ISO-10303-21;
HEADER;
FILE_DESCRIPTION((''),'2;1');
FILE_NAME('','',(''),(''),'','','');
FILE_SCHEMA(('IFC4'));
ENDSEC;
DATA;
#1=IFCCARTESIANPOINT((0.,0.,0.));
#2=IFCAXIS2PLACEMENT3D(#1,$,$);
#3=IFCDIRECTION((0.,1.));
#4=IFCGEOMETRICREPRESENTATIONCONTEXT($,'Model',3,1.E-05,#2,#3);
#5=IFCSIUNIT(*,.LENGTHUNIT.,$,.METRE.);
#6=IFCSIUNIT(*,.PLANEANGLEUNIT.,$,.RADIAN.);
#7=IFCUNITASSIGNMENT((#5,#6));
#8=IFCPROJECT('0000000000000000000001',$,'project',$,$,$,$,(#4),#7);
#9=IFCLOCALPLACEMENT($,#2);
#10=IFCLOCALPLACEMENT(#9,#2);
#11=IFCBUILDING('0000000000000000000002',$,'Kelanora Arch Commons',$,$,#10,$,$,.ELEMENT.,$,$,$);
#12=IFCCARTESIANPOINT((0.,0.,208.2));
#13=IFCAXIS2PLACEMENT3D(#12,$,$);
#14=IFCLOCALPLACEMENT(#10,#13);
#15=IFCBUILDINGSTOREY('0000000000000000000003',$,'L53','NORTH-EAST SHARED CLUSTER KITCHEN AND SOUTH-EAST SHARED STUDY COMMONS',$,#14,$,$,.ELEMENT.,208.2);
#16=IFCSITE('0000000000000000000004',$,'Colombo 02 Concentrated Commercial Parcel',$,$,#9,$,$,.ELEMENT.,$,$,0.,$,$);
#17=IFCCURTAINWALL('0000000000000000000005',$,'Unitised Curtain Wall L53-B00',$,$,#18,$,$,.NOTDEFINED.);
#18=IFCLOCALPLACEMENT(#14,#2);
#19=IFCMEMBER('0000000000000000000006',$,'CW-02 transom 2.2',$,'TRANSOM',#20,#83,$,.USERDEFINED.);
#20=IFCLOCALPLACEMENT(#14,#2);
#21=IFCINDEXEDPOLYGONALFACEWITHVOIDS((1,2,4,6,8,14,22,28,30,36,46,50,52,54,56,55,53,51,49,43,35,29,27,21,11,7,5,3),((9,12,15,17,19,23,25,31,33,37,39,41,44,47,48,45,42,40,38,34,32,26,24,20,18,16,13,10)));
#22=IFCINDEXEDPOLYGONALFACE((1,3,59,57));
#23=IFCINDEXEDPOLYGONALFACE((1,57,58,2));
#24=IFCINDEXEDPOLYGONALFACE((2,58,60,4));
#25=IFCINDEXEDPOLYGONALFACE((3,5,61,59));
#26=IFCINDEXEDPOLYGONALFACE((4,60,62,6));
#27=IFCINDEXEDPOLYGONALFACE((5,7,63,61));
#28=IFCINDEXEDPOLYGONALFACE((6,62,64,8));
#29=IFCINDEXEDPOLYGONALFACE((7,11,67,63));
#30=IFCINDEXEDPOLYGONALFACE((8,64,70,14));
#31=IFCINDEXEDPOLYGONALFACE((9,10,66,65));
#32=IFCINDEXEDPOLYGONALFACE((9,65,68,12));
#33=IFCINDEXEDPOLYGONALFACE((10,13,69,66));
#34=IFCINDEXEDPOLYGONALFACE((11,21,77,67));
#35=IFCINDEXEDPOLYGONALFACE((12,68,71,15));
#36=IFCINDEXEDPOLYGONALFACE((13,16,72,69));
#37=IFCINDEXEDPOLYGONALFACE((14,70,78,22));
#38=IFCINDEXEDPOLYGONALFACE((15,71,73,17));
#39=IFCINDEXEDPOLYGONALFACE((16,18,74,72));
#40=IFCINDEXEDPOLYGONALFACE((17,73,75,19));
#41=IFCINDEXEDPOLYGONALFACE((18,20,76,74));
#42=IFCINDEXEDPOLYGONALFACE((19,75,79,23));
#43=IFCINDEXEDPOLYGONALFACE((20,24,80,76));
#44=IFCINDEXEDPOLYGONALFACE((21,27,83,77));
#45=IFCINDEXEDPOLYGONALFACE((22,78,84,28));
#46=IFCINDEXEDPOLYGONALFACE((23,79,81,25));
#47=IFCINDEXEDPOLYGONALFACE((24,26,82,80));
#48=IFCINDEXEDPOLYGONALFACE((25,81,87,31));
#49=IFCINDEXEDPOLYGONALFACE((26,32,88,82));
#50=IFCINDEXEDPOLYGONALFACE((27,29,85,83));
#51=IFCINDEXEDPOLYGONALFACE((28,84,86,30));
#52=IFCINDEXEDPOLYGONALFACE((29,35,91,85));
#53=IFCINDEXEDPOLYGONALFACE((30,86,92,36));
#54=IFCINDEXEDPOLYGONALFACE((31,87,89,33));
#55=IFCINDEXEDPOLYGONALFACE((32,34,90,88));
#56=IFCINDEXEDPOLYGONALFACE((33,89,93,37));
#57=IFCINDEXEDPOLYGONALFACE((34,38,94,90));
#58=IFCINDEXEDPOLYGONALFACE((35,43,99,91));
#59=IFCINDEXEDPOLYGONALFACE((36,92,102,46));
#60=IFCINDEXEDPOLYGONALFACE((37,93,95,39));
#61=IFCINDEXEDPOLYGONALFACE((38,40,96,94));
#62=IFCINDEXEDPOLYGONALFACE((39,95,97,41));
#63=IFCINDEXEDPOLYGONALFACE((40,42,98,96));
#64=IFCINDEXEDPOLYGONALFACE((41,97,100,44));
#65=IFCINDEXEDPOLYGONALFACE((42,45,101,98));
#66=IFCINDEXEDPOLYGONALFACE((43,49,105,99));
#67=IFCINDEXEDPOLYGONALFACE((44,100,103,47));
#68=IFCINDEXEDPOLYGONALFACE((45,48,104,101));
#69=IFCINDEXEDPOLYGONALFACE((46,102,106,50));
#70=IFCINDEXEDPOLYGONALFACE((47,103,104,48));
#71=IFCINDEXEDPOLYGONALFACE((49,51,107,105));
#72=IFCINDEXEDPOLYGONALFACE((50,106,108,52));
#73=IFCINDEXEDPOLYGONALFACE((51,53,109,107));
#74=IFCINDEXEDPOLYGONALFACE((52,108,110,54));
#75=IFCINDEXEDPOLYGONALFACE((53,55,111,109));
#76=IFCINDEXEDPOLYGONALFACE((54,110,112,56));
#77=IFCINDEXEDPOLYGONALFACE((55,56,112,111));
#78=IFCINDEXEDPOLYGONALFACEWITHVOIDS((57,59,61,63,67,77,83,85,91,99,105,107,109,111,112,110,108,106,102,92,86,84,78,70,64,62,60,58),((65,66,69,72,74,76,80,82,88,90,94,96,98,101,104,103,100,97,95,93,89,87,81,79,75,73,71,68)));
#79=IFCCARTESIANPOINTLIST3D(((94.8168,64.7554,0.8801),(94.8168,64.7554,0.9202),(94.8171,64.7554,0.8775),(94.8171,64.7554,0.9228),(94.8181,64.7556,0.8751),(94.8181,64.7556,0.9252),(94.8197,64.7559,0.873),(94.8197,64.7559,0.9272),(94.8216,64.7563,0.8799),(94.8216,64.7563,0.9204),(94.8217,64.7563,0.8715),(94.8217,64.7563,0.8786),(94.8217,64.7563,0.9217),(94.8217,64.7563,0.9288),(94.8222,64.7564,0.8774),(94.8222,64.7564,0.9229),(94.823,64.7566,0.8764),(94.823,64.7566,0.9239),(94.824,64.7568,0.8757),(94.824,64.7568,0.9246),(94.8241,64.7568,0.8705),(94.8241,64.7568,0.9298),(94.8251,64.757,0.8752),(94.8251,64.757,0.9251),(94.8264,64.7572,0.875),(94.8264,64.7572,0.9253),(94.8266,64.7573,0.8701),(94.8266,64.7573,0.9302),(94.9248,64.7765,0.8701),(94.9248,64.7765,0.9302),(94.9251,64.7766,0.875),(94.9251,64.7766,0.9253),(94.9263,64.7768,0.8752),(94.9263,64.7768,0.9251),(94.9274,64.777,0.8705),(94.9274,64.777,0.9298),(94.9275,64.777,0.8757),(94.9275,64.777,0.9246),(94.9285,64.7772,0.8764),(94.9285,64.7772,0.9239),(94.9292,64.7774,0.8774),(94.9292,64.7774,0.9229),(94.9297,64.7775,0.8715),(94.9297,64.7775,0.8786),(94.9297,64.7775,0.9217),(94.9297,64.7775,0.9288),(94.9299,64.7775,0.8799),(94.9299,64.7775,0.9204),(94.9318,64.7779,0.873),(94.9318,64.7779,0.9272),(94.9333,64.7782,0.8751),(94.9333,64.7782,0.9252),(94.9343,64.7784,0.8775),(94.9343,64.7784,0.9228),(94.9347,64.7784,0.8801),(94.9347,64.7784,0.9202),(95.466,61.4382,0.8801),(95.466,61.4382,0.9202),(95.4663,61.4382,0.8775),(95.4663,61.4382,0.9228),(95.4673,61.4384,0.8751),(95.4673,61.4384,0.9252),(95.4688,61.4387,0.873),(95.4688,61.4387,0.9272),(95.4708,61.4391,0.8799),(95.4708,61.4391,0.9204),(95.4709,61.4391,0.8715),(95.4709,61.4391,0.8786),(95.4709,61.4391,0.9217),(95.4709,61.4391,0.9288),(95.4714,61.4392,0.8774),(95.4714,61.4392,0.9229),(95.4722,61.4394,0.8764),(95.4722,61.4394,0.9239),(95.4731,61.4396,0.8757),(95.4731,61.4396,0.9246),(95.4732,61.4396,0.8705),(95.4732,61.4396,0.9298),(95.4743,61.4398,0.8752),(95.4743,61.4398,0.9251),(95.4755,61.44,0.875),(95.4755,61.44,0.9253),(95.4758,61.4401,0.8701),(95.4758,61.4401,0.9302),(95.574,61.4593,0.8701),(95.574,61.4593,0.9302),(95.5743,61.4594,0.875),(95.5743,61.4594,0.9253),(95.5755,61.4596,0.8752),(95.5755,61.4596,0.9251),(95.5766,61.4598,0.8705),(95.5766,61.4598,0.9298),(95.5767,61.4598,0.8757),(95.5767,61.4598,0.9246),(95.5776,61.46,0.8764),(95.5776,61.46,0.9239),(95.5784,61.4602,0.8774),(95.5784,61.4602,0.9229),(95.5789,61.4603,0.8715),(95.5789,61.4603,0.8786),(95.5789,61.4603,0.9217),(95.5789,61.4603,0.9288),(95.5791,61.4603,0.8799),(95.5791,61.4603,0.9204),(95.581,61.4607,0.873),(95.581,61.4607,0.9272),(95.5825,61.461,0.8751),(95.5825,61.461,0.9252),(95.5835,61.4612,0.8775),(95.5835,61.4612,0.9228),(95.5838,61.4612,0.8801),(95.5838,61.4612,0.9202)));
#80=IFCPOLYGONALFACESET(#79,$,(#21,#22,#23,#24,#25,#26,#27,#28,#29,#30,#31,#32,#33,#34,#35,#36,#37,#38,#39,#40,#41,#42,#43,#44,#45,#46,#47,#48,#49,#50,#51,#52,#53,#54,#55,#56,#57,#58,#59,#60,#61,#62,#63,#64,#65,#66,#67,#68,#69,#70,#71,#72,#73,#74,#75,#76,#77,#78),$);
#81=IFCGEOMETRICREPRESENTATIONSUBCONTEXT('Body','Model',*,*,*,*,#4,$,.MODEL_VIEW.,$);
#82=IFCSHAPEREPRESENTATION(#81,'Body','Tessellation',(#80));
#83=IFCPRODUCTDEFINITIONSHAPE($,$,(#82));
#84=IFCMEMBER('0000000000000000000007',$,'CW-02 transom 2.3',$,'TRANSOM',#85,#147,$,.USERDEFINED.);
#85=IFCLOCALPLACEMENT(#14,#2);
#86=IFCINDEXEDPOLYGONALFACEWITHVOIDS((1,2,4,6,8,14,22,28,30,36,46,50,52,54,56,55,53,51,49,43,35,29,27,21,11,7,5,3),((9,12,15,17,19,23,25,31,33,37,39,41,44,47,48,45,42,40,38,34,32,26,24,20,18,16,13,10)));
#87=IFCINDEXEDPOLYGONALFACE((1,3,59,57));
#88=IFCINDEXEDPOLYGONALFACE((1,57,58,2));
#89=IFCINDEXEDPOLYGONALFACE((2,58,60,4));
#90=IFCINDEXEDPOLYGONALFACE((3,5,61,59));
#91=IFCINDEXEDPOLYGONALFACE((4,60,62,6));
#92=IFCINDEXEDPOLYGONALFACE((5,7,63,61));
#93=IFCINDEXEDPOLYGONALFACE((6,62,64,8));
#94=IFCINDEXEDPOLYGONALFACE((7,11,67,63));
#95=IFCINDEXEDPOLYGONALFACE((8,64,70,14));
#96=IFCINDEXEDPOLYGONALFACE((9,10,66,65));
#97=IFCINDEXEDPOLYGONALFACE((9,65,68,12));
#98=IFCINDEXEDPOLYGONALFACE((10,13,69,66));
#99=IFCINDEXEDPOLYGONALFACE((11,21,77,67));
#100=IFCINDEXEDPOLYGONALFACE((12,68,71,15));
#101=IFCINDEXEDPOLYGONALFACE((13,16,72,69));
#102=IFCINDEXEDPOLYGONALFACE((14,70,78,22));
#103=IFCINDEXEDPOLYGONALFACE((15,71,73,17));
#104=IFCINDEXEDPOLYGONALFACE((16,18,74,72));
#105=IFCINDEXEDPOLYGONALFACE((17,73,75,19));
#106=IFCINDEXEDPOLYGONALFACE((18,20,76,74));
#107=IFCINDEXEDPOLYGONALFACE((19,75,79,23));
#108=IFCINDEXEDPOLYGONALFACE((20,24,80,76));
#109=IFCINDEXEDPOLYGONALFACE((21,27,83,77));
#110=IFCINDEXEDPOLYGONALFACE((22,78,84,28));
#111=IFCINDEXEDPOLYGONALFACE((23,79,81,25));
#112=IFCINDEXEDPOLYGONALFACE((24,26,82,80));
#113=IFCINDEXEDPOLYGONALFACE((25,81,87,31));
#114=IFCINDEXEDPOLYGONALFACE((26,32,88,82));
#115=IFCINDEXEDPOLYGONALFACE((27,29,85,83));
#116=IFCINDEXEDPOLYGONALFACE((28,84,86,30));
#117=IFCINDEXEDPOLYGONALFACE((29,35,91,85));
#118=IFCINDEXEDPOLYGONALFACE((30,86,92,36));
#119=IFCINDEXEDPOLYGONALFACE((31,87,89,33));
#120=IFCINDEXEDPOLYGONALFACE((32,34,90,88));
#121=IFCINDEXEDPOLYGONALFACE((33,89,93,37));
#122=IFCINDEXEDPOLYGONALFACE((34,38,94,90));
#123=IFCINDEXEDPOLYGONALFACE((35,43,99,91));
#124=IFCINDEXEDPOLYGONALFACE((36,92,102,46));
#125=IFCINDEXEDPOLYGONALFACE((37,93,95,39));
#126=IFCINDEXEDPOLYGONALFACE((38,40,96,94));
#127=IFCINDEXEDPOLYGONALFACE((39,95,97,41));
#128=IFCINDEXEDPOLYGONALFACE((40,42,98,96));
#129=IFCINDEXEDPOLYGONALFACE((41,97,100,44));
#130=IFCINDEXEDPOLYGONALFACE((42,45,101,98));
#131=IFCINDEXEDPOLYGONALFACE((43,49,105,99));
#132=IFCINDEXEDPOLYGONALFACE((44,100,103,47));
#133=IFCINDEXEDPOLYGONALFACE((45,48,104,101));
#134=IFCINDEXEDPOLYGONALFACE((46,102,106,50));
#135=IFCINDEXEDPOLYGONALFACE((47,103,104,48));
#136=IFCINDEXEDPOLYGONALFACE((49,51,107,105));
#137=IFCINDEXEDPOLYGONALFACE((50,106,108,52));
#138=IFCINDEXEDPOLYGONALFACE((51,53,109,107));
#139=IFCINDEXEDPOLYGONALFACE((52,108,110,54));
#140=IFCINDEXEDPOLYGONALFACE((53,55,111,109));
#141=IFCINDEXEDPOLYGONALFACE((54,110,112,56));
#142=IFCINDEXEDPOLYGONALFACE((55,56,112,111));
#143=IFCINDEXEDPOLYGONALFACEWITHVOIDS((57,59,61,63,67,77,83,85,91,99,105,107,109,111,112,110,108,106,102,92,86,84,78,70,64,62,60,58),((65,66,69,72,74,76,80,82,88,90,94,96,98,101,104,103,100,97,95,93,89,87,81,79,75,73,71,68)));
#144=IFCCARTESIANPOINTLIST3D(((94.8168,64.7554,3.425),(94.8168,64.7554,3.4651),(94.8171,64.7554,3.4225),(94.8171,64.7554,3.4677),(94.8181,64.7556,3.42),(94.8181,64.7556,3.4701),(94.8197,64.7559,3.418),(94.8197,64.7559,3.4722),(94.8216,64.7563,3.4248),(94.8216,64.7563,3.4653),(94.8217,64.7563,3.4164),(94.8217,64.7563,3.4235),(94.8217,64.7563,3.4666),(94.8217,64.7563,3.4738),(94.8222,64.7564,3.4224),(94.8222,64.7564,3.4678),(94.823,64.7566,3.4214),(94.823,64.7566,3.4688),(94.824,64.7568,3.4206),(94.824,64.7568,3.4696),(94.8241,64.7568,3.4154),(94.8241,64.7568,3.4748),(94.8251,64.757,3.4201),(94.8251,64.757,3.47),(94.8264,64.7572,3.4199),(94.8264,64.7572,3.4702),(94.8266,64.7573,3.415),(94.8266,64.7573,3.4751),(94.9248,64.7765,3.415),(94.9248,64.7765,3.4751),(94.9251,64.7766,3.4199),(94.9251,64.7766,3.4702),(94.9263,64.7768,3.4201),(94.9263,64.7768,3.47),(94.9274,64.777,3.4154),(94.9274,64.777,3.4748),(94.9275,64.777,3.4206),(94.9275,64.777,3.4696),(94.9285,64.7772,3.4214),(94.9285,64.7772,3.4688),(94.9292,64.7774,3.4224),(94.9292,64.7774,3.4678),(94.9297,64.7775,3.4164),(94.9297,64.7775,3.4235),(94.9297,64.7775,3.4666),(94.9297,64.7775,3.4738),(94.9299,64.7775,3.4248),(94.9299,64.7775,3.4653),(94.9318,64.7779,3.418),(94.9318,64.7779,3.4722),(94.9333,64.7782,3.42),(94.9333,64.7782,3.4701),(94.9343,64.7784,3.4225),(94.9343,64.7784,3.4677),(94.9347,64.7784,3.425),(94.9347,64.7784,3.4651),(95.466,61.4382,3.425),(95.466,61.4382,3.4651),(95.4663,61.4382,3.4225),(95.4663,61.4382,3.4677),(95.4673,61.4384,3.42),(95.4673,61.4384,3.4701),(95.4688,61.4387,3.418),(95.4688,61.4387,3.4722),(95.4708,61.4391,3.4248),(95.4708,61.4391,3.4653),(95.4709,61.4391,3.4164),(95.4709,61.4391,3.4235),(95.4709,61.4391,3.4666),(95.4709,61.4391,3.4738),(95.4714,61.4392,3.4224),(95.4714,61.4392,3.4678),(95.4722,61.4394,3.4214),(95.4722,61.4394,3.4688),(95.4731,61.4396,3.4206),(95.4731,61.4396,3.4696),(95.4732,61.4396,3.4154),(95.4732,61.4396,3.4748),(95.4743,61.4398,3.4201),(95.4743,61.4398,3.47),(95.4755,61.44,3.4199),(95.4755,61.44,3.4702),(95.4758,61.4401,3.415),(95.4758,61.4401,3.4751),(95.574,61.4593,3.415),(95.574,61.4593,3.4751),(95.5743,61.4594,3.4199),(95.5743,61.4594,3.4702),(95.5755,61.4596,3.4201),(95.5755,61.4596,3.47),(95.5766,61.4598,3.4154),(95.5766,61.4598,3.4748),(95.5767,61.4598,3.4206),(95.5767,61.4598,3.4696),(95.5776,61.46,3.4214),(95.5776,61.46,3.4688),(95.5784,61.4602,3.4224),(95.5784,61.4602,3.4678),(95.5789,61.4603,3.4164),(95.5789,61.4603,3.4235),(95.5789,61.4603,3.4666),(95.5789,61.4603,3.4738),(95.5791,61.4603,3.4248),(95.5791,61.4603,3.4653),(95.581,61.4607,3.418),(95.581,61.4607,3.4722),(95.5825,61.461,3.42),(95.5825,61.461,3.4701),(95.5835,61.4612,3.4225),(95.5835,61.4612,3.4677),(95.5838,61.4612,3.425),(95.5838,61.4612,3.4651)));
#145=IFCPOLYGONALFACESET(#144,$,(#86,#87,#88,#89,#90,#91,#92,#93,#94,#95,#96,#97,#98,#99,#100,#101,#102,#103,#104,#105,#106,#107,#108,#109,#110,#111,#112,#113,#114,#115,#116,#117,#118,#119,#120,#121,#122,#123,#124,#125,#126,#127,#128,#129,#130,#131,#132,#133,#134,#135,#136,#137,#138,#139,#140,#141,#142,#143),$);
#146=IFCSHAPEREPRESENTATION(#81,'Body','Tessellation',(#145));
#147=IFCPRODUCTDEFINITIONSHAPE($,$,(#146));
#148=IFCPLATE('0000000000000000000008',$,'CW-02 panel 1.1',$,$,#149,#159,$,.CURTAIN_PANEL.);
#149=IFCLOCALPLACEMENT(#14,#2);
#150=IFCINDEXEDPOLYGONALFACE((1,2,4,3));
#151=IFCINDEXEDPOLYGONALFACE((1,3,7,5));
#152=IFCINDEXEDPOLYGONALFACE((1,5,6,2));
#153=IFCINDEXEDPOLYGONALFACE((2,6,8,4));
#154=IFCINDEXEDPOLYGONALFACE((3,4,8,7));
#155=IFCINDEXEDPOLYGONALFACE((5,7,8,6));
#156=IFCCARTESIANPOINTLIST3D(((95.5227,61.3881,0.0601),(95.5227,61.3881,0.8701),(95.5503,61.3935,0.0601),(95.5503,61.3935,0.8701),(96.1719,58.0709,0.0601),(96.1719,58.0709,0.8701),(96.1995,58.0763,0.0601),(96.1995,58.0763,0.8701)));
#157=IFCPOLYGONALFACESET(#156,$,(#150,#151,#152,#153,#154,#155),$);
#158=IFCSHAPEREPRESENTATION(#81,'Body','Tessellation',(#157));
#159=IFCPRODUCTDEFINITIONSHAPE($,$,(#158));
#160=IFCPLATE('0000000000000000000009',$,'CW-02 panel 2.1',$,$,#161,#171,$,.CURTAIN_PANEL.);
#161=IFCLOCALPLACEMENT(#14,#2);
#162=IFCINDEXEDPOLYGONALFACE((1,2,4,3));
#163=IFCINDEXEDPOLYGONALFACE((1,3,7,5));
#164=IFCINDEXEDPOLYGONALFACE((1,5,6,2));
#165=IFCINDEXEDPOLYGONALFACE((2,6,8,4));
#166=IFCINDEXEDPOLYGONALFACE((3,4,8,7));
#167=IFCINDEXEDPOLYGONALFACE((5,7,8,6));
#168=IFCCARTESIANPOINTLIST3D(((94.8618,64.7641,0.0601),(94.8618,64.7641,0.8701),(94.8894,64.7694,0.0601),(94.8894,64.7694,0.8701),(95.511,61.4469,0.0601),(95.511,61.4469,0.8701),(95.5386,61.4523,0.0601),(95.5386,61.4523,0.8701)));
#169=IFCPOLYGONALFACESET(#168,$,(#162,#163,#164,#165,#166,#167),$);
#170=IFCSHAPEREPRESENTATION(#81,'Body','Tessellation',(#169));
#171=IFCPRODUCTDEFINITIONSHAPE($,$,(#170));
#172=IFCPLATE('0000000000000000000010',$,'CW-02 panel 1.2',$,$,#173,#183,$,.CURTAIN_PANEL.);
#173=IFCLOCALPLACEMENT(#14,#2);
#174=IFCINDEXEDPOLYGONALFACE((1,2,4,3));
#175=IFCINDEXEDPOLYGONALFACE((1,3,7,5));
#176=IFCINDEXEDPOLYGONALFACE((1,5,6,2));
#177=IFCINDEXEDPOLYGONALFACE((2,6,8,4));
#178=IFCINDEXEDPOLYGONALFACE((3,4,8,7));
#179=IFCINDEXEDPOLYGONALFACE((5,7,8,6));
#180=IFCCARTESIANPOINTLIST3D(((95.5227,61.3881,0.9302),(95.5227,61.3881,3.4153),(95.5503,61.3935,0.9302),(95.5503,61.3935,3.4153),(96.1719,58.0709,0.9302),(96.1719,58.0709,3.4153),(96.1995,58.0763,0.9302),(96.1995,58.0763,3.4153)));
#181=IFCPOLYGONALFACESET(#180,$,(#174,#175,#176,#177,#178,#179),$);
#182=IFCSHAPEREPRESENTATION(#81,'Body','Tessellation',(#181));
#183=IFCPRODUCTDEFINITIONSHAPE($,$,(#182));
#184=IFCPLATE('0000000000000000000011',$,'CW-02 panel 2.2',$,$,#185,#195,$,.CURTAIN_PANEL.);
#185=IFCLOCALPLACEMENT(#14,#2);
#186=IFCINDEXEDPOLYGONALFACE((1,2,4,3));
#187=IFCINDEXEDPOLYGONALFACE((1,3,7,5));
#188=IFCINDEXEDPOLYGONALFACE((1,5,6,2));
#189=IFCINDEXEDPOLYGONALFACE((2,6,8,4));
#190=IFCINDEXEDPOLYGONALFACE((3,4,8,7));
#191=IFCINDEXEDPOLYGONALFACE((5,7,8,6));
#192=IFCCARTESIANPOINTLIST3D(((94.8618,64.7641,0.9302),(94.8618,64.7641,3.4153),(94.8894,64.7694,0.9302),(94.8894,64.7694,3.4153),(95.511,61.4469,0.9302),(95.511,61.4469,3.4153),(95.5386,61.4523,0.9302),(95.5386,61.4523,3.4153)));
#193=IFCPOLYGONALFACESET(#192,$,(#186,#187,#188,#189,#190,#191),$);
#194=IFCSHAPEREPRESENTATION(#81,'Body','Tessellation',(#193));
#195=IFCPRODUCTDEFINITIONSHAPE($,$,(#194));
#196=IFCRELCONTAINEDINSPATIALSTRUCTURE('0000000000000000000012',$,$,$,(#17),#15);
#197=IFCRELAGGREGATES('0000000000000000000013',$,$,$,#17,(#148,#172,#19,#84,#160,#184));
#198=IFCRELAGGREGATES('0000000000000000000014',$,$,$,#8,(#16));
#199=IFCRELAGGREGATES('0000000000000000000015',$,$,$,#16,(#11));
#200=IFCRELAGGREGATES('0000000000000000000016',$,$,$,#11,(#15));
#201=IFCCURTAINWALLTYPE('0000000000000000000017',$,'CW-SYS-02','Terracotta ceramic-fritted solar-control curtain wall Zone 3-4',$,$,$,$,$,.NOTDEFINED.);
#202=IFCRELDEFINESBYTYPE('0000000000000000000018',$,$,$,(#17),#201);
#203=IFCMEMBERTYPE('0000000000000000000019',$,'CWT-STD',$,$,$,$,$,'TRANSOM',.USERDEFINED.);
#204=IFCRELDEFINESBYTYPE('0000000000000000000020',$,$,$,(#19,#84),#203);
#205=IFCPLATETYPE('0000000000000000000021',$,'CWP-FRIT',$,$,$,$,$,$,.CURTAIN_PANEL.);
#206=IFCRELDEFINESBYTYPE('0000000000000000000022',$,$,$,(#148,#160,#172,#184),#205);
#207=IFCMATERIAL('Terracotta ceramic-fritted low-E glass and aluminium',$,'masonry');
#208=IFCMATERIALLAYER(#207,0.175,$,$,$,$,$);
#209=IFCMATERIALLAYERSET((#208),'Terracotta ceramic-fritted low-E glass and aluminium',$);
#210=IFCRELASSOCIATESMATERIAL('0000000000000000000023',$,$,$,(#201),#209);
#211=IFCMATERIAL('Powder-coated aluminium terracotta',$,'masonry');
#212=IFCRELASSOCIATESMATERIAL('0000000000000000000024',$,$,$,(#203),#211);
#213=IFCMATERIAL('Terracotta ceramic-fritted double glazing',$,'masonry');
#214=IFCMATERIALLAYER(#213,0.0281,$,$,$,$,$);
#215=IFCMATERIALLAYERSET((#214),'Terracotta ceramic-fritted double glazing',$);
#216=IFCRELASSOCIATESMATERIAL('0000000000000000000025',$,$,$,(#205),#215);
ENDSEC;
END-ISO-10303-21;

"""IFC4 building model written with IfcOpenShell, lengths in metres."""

from ifc_helpers import new_model, si_unit, direction, frame, origin, origin_2d, place, context, subcontext, project, spatial, rectangle, hollow_rectangle, extrude, source, transform, mapped, material, layer, layer_set, material_profile, profile_set, type_object, element, aggregate, save


model = new_model("IFC4")

# Units and contexts
model_context = context("Model", 3, precision=1e-05, world=origin(), true_north=direction((0.0, 1.0)))
body_context = subcontext(model_context, "Body", "Model", "MODEL_VIEW")
ifc_project = project(units=[si_unit("LENGTHUNIT", "METRE"), si_unit("PLANEANGLEUNIT", "RADIAN")], contexts=[model_context])

# Site, building, storey
site_placement = place(None, origin())
site = spatial("IfcSite", under=ifc_project, at=site_placement, Name="Colombo 02 Concentrated Commercial Parcel", CompositionType="ELEMENT", RefElevation=0.0)
building_placement = place(site_placement, origin())
building = spatial("IfcBuilding", under=site, at=building_placement, Name="Kelanora Arch Commons", CompositionType="ELEMENT")
storey_placement = place(building_placement, frame((0.0, 0.0, 208.2)))
storey = spatial("IfcBuildingStorey", under=building, at=storey_placement, Name="L53", Description="NORTH-EAST SHARED CLUSTER KITCHEN AND SOUTH-EAST SHARED STUDY COMMONS", CompositionType="ELEMENT", Elevation=208.2)

# Curtain wall, members, plates
ifc_material_1 = material(Name="Terracotta ceramic-fritted low-E glass and aluminium", Category="masonry")
ifc_layer_1 = layer(ifc_material_1, 0.175)
ifc_layer_set_1 = layer_set([ifc_layer_1], Name="Terracotta ceramic-fritted low-E glass and aluminium")
curtain_wall_type = type_object("IfcCurtainWallType", Name="CW-SYS-02", Description="Terracotta ceramic-fritted solar-control curtain wall Zone 3-4", PredefinedType="NOTDEFINED", material=ifc_layer_set_1)
curtain_wall_placement = place(storey_placement, origin())
curtain_wall = element("IfcCurtainWall", 1, at=curtain_wall_placement, inside=storey, type_object=curtain_wall_type, Name="Unitised Curtain Wall L53-B00", PredefinedType="NOTDEFINED")
ifc_material_2 = material(Name="Powder-coated aluminium terracotta", Category="masonry")
ifc_material_profile_1 = material_profile(ifc_material_2, hollow_rectangle(XDim=0.1201, YDim=0.0601, WallThickness=0.0049, InnerFilletRadius=0.0049, OuterFilletRadius=0.01, at=origin_2d()), Name="CWT120x60")
ifc_profile_set_1 = profile_set([ifc_material_profile_1], Name="Powder-coated aluminium terracotta")
member_type_1 = type_object("IfcMemberType", Name="CWT-STD", ElementType="TRANSOM", PredefinedType="USERDEFINED", material=ifc_profile_set_1)
member_1_placement = place(storey_placement, frame((95.5249, 61.4497, 0.9001), z_axis=(-0.192058, 0.981383, 0.0), x_axis=(-0.981383, -0.192058, 0.0)))
member_1 = element("IfcMember", 2, at=member_1_placement, type_object=member_type_1, Name="CW-02 transom 2.2", ObjectType="TRANSOM", PredefinedType="USERDEFINED", context=body_context, shape_type="SweptSolid", body=[
    extrude(hollow_rectangle(XDim=0.1201, YDim=0.0601, WallThickness=0.0049, InnerFilletRadius=0.0049, OuterFilletRadius=0.01, at=origin_2d()), origin(), (0.0, 0.0, 1.0), 3.3801),
])
member_2_placement = place(storey_placement, frame((95.5249, 61.4497, 3.4451), z_axis=(-0.192058, 0.981383, 0.0), x_axis=(-0.981383, -0.192058, 0.0)))
member_2 = element("IfcMember", 3, at=member_2_placement, type_object=member_type_1, Name="CW-02 transom 2.3", ObjectType="TRANSOM", PredefinedType="USERDEFINED", context=body_context, shape_type="SweptSolid", body=[
    extrude(hollow_rectangle(XDim=0.1201, YDim=0.0601, WallThickness=0.0049, InnerFilletRadius=0.0049, OuterFilletRadius=0.01, at=origin_2d()), origin(), (0.0, 0.0, 1.0), 3.3801),
])
ifc_material_3 = material(Name="Terracotta ceramic-fritted double glazing", Category="masonry")
ifc_layer_2 = layer(ifc_material_3, 0.0281)
ifc_layer_set_2 = layer_set([ifc_layer_2], Name="Terracotta ceramic-fritted double glazing")
plate_type = type_object("IfcPlateType", Name="CWP-FRIT", PredefinedType="CURTAIN_PANEL", material=ifc_layer_set_2)
shared_shape_1 = source(origin(), body_context, "Body", "SweptSolid", [
    extrude(rectangle(XDim=3.3801, YDim=0.0281, at=origin_2d()), origin(), (0.0, 0.0, 1.0), 0.8101),
])
plate_1_placement = place(storey_placement, frame((95.8611, 59.7322, 0.0601), z_axis=(0.0, 0.0, 1.0), x_axis=(-0.192069, 0.981381, 0.0)))
plate_1 = element("IfcPlate", 4, at=plate_1_placement, type_object=plate_type, Name="CW-02 panel 1.1", PredefinedType="CURTAIN_PANEL", context=body_context, shape_type="MappedRepresentation", body=[
    mapped(shared_shape_1, transform((0.0, 0.0, 0.0), scale=1.0)),
])
plate_2_placement = place(storey_placement, frame((95.2002, 63.1082, 0.0601), z_axis=(0.0, 0.0, 1.0), x_axis=(-0.192069, 0.981381, 0.0)))
plate_2 = element("IfcPlate", 5, at=plate_2_placement, type_object=plate_type, Name="CW-02 panel 2.1", PredefinedType="CURTAIN_PANEL", context=body_context, shape_type="MappedRepresentation", body=[
    mapped(shared_shape_1, transform((0.0, 0.0, 0.0), scale=1.0)),
])
shared_shape_2 = source(origin(), body_context, "Body", "SweptSolid", [
    extrude(rectangle(XDim=3.3801, YDim=0.0281, at=origin_2d()), origin(), (0.0, 0.0, 1.0), 2.4851),
])
plate_3_placement = place(storey_placement, frame((95.8611, 59.7322, 0.9302), z_axis=(0.0, 0.0, 1.0), x_axis=(-0.192069, 0.981381, 0.0)))
plate_3 = element("IfcPlate", 6, at=plate_3_placement, type_object=plate_type, Name="CW-02 panel 1.2", PredefinedType="CURTAIN_PANEL", context=body_context, shape_type="MappedRepresentation", body=[
    mapped(shared_shape_2, transform((0.0, 0.0, 0.0), scale=1.0)),
])
plate_4_placement = place(storey_placement, frame((95.2002, 63.1082, 0.9302), z_axis=(0.0, 0.0, 1.0), x_axis=(-0.192069, 0.981381, 0.0)))
plate_4 = element("IfcPlate", 7, at=plate_4_placement, type_object=plate_type, Name="CW-02 panel 2.2", PredefinedType="CURTAIN_PANEL", context=body_context, shape_type="MappedRepresentation", body=[
    mapped(shared_shape_2, transform((0.0, 0.0, 0.0), scale=1.0)),
])
aggregate(curtain_wall, [plate_1, plate_3, member_1, member_2, plate_2, plate_4])

save(model, "model.ifc")
